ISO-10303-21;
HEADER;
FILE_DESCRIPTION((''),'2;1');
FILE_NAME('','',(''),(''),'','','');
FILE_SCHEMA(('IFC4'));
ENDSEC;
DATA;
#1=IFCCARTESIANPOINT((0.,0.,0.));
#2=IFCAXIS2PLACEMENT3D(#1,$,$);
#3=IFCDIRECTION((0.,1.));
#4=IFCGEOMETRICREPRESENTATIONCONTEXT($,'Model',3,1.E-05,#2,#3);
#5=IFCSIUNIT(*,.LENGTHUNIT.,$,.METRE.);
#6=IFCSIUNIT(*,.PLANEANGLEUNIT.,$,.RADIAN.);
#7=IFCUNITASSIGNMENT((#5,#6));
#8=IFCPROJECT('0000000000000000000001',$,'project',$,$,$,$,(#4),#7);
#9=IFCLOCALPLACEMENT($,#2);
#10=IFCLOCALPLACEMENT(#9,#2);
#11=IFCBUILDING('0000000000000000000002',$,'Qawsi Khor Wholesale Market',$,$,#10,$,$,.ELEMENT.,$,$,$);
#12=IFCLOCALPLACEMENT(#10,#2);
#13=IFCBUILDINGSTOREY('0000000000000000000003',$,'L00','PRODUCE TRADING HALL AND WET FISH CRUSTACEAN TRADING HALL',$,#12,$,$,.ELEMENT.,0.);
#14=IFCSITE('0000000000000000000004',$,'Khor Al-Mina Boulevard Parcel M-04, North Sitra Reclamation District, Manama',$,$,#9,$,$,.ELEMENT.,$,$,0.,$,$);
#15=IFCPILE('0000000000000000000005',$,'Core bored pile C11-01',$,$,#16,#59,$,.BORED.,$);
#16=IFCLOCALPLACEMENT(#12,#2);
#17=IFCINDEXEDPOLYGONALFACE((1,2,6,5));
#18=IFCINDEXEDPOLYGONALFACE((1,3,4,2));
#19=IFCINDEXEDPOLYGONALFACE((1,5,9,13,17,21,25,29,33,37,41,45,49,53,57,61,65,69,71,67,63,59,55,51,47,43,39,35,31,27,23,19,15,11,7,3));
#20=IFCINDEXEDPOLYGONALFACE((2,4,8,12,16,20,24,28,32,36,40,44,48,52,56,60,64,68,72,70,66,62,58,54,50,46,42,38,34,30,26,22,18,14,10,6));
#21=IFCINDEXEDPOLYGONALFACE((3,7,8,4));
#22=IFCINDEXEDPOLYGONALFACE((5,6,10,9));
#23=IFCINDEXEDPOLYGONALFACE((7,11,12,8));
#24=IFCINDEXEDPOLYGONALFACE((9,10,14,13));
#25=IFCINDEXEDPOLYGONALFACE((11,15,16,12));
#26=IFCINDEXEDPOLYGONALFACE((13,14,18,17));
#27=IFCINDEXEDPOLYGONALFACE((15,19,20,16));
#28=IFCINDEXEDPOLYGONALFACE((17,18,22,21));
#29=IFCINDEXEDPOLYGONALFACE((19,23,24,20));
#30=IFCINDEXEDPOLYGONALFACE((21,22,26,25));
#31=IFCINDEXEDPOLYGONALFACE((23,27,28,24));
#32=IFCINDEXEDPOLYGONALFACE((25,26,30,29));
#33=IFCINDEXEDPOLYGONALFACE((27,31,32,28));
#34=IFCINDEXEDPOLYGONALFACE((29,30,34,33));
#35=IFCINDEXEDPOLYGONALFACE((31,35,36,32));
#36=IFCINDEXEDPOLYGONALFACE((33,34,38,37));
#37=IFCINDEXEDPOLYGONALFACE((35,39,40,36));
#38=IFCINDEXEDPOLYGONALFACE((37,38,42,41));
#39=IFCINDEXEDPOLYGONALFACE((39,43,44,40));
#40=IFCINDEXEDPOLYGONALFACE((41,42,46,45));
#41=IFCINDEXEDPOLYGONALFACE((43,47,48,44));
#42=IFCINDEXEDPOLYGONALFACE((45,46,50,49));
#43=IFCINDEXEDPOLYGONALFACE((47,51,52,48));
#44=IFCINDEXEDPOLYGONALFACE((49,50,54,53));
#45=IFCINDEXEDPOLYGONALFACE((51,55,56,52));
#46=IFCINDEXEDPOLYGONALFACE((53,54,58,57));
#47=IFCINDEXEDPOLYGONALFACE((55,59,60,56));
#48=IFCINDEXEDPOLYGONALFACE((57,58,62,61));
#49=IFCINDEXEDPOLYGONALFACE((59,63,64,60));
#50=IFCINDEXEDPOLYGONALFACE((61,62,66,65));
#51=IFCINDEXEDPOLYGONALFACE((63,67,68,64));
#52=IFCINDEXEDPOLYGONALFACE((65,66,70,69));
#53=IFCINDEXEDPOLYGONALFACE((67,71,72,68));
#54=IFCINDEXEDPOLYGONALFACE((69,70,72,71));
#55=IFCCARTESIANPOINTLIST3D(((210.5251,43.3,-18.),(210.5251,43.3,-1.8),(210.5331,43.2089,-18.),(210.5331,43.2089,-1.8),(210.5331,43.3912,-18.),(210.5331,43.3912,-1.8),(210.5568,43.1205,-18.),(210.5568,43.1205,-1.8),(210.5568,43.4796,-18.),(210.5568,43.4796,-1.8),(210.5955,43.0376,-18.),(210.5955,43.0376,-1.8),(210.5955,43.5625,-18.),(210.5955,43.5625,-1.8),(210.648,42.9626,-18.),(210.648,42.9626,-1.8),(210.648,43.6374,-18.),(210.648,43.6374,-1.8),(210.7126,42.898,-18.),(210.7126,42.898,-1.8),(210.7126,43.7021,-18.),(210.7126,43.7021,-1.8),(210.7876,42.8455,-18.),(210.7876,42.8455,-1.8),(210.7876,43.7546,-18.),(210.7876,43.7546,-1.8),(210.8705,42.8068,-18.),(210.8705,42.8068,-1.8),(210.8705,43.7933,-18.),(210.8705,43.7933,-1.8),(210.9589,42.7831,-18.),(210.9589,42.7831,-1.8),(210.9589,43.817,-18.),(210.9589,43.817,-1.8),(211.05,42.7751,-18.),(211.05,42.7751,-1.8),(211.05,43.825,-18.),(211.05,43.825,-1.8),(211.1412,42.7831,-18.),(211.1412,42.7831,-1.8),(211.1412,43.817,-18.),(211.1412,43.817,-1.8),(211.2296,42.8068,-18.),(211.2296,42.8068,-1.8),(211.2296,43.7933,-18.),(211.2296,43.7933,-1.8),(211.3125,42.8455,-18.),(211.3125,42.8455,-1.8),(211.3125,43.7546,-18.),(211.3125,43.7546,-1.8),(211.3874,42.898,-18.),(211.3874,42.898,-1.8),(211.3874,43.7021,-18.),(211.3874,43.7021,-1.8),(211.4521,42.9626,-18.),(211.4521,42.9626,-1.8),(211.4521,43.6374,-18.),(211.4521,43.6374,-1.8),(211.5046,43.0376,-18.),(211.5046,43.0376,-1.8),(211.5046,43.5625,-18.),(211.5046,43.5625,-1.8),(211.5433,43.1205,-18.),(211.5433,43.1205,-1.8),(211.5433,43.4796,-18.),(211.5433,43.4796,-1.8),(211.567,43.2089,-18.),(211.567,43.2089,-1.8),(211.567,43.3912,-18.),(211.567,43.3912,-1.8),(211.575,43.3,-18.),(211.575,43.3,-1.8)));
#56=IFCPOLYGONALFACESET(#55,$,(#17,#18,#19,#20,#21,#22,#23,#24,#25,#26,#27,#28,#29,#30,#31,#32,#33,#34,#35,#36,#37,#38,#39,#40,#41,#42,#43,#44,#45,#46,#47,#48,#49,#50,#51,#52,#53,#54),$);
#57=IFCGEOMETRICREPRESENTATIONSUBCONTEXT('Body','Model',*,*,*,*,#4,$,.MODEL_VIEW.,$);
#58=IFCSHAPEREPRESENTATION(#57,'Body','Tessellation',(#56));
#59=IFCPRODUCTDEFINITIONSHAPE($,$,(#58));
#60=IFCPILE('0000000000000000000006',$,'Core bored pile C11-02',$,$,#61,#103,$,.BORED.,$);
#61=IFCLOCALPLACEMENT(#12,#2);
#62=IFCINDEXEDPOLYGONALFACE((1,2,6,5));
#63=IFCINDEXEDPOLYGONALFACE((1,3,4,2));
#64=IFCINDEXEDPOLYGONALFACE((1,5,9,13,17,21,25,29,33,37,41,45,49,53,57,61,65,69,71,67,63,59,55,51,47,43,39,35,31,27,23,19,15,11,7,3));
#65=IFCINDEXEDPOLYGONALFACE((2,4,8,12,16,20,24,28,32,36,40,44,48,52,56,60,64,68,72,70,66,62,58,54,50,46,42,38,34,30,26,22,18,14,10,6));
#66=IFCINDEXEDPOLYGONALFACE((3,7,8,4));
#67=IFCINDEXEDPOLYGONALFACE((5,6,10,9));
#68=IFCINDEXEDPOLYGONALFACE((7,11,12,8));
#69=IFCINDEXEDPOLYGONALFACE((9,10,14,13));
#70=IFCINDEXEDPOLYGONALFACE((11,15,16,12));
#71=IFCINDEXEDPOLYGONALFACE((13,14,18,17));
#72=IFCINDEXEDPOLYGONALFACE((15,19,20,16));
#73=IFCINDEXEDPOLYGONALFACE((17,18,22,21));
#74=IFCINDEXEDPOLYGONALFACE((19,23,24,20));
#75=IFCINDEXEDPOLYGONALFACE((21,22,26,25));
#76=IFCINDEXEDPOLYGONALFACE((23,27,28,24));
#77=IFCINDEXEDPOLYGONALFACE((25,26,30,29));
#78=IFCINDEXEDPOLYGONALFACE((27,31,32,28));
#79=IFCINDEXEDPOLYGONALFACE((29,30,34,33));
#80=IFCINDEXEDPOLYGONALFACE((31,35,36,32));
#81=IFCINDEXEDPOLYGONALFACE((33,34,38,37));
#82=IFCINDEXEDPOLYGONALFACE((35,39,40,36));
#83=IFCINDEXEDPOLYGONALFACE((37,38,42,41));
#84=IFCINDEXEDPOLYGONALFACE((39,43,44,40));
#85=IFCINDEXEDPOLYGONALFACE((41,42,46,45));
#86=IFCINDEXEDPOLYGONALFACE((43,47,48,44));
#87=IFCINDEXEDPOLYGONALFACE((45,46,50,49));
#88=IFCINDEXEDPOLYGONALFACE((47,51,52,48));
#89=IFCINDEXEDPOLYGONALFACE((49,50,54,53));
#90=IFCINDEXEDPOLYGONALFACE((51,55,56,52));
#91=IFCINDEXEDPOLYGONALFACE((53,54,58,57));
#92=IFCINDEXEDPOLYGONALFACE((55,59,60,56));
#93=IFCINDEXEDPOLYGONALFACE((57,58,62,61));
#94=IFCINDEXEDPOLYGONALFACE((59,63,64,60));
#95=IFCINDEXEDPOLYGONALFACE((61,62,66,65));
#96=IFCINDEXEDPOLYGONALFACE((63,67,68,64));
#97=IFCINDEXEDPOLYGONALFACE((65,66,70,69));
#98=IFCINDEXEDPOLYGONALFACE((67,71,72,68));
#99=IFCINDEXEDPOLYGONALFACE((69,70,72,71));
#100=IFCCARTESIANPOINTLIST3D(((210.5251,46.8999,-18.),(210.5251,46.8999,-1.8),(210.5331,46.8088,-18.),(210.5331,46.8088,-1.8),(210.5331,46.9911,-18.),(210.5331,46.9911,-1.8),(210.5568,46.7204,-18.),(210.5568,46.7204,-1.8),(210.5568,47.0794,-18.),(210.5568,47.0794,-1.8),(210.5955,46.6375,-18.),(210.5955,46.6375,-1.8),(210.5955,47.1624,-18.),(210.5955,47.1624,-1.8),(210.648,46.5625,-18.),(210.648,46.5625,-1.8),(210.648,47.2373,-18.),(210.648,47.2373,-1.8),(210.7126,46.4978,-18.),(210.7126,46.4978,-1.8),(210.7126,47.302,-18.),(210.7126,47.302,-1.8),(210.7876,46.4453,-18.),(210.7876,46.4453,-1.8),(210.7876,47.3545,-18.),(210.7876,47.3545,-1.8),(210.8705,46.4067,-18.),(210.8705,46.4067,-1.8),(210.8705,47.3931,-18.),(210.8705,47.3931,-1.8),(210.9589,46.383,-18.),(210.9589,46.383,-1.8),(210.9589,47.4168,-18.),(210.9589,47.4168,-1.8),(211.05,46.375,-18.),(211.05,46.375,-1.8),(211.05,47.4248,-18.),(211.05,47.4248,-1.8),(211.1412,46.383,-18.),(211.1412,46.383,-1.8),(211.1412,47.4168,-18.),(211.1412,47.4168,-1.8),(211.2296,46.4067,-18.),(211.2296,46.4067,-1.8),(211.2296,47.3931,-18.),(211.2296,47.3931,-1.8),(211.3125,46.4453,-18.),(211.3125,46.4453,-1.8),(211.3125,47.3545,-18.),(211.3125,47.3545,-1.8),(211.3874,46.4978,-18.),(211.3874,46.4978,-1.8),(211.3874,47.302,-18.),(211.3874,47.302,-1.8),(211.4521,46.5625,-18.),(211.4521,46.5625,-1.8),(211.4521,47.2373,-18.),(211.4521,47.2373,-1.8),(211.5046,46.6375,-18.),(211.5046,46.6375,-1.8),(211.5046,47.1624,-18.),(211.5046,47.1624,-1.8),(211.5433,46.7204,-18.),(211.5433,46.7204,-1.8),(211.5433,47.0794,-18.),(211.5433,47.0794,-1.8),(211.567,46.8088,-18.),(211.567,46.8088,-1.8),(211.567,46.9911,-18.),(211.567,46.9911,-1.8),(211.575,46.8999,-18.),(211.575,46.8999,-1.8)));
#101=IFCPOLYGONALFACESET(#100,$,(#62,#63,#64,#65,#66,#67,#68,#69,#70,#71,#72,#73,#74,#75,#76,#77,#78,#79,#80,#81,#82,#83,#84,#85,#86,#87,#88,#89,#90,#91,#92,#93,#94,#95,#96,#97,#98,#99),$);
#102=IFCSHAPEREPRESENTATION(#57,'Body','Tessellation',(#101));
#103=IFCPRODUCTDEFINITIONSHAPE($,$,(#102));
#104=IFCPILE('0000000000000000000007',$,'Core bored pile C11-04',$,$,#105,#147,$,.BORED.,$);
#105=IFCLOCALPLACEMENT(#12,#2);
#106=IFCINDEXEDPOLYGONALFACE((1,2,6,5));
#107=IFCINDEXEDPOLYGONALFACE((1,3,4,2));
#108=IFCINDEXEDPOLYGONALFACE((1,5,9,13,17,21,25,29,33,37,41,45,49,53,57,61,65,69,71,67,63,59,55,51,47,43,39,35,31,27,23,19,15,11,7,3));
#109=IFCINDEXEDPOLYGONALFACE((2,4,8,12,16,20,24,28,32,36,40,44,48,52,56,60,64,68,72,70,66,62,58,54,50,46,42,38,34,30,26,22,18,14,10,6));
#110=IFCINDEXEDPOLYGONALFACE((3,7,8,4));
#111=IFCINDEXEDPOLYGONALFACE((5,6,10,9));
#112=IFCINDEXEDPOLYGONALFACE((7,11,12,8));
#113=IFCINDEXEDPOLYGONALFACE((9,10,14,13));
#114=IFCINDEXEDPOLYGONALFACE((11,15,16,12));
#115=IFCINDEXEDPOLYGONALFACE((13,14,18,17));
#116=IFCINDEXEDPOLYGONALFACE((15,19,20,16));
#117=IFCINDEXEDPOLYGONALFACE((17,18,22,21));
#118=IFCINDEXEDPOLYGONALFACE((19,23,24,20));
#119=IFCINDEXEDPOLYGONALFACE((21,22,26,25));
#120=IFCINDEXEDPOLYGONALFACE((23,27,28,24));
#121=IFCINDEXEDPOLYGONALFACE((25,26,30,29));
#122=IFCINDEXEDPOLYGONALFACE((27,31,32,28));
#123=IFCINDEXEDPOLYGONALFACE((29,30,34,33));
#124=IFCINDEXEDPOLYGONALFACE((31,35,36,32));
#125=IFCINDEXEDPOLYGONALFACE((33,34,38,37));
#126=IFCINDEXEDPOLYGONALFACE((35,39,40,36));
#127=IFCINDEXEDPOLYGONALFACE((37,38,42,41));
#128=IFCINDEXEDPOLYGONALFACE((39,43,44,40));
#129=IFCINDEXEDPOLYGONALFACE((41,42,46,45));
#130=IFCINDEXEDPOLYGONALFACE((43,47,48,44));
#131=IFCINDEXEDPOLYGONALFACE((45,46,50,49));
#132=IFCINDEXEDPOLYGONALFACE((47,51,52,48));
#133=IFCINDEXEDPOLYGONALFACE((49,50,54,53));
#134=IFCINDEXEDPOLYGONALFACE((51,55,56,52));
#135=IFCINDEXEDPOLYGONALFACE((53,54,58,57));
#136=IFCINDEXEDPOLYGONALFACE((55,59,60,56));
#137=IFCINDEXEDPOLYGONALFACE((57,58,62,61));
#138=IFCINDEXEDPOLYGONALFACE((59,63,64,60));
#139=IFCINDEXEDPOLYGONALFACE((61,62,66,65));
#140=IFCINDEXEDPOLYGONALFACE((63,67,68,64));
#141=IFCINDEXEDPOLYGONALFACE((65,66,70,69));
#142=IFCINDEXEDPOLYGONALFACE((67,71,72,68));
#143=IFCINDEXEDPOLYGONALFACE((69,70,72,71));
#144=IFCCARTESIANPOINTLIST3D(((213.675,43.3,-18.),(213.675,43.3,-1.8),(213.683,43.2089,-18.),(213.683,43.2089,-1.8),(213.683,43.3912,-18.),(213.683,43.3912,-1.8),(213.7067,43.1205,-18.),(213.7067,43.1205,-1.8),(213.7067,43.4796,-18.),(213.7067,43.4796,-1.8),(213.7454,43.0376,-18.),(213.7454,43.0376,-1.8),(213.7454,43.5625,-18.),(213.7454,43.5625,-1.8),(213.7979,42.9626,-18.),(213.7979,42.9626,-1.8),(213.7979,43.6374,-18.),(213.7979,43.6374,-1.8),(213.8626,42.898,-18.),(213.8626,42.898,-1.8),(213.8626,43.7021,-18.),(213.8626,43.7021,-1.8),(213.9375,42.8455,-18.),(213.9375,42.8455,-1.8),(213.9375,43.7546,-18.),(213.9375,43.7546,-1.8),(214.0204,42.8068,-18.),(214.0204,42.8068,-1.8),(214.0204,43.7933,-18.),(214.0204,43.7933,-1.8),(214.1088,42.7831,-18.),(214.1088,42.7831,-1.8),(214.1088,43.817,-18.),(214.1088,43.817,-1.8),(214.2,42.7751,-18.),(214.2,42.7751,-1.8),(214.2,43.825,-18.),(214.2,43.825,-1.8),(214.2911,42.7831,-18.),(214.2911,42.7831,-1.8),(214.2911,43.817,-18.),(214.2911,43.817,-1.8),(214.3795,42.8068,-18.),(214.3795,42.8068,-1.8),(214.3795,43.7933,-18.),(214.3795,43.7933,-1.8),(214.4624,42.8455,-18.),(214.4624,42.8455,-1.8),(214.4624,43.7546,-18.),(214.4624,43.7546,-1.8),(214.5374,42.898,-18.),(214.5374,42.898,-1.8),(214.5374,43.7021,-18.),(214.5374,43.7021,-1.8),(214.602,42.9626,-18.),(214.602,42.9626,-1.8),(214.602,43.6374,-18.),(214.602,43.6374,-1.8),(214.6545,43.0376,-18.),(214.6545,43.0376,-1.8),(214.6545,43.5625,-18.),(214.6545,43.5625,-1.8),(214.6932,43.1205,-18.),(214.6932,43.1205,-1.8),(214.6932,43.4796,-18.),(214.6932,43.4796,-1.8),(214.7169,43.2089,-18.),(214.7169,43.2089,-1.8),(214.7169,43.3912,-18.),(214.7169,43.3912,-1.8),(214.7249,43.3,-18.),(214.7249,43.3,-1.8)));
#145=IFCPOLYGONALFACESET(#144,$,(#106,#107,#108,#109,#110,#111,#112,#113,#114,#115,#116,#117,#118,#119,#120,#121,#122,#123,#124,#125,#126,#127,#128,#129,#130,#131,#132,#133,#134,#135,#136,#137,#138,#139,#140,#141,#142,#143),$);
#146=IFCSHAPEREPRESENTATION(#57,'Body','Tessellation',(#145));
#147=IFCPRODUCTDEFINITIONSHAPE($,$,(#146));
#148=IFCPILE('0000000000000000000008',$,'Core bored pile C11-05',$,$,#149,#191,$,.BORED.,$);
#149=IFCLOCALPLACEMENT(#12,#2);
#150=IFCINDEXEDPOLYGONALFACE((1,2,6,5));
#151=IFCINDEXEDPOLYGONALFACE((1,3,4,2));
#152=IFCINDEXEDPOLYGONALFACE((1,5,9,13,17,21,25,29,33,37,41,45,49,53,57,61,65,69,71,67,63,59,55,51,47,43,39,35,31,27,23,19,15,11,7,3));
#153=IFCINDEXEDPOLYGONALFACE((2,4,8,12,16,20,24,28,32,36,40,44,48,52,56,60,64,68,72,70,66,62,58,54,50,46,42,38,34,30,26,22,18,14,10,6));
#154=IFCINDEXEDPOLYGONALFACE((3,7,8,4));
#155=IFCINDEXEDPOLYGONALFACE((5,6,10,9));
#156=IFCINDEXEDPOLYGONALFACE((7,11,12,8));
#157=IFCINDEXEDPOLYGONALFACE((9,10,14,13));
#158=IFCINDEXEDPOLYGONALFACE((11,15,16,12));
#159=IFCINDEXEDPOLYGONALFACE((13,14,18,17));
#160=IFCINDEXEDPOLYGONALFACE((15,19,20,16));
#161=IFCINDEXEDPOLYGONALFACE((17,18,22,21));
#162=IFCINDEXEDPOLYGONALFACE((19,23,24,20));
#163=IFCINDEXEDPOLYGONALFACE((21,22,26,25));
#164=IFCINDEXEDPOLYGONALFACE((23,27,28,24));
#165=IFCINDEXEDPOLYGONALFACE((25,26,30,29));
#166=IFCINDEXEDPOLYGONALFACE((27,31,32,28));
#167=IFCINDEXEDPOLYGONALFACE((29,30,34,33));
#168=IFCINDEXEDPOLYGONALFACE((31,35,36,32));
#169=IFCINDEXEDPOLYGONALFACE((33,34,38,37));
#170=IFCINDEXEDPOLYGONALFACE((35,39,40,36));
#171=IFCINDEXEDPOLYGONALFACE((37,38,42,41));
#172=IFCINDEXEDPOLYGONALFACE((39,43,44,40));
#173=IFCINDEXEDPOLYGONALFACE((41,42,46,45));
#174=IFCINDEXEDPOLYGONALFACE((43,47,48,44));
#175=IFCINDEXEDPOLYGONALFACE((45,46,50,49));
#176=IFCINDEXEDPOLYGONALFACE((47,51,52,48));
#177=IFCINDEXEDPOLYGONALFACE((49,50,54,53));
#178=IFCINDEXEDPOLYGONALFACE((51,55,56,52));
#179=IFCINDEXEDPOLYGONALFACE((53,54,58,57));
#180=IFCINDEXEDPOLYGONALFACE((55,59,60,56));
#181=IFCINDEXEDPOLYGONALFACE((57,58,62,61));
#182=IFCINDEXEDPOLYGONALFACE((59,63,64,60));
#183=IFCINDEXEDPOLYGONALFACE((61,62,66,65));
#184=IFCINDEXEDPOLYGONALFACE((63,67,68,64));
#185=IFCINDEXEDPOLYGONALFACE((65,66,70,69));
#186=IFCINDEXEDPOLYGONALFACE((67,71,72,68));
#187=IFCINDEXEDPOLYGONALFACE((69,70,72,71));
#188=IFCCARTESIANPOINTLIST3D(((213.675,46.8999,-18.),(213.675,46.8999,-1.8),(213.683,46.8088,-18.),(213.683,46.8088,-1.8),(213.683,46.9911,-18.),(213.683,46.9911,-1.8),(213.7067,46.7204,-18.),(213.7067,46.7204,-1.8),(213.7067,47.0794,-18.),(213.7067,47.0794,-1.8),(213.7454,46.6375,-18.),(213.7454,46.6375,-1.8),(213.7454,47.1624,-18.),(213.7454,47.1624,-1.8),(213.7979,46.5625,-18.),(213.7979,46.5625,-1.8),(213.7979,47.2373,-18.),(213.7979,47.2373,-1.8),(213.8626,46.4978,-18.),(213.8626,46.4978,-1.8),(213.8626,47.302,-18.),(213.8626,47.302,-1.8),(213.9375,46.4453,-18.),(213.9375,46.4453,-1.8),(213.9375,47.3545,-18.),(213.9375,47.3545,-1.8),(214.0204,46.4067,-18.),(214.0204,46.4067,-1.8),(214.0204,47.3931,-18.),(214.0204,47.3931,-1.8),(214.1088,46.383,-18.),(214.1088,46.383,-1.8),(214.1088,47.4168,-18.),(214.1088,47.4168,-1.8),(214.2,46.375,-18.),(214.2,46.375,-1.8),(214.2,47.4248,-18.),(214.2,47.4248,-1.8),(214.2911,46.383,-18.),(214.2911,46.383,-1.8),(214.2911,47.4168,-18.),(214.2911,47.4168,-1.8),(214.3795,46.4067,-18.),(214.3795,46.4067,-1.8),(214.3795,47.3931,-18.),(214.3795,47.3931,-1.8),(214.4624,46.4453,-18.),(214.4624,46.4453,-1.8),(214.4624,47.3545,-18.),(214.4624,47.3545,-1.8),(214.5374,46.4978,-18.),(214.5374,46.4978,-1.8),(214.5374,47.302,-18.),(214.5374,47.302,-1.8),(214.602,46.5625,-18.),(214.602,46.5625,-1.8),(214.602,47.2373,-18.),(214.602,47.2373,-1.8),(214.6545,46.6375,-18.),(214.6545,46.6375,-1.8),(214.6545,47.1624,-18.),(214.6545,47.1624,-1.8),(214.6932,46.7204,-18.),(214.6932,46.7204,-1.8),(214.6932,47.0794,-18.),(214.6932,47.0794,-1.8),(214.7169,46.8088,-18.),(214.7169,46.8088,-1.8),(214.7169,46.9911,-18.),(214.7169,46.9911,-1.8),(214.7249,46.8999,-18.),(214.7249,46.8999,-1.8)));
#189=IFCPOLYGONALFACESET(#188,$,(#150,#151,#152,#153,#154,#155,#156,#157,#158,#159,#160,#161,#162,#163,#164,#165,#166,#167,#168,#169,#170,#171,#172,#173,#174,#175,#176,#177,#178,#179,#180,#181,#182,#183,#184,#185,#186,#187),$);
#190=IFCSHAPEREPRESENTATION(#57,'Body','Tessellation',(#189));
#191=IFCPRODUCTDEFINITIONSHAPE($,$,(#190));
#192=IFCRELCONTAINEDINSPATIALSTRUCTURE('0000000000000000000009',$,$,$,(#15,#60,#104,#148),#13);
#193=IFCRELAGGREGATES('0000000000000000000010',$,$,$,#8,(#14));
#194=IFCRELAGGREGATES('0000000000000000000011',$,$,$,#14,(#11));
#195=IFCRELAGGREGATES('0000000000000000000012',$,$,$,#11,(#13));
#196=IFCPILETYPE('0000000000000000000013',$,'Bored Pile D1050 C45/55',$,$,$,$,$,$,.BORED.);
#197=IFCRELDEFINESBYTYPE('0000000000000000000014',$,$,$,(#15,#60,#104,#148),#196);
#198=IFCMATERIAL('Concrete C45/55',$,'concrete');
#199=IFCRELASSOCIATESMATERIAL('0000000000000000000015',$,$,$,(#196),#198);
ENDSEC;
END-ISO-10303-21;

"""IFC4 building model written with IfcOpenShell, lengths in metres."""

from ifc_helpers import new_model, si_unit, direction, frame, origin, origin_2d, place, context, subcontext, project, spatial, circle, extrude, material, material_profile, profile_set, type_object, element, save


model = new_model("IFC4")

# Units and contexts
model_context = context("Model", 3, precision=1e-05, world=origin(), true_north=direction((0.0, 1.0)))
body_context = subcontext(model_context, "Body", "Model", "MODEL_VIEW")
ifc_project = project(units=[si_unit("LENGTHUNIT", "METRE"), si_unit("PLANEANGLEUNIT", "RADIAN")], contexts=[model_context])

# Site, building, storey
site_placement = place(None, origin())
site = spatial("IfcSite", under=ifc_project, at=site_placement, Name="Khor Al-Mina Boulevard Parcel M-04, North Sitra Reclamation District, Manama", CompositionType="ELEMENT", RefElevation=0.0)
building_placement = place(site_placement, origin())
building = spatial("IfcBuilding", under=site, at=building_placement, Name="Qawsi Khor Wholesale Market", CompositionType="ELEMENT")
storey_placement = place(building_placement, origin())
storey = spatial("IfcBuildingStorey", under=building, at=storey_placement, Name="L00", Description="PRODUCE TRADING HALL AND WET FISH CRUSTACEAN TRADING HALL", CompositionType="ELEMENT", Elevation=0.0)

# Piles
ifc_material_1 = material(Name="Concrete C45/55", Category="concrete")
ifc_material_profile_1 = material_profile(ifc_material_1, circle(Radius=0.5249, at=origin_2d()), Name="PILE D1050")
ifc_profile_set_1 = profile_set([ifc_material_profile_1], Name="Concrete C45/55")
pile_type_1 = type_object("IfcPileType", Name="Bored Pile D1050 C45/55", PredefinedType="BORED", material=ifc_profile_set_1)
for number, where, z_axis, x_axis, name in (
    (1, (211.05, 43.3, -1.8), (0.0, 0.0, -1.0), (1.0, 0.0, 0.0), "Core bored pile C11-01"),
    (2, (211.05, 46.8999, -1.8), (0.0, 0.0, -1.0), (1.0, 0.0, 0.0), "Core bored pile C11-02"),
    (3, (214.2, 43.3, -1.8), (0.0, 0.0, -1.0), (1.0, 0.0, 0.0), "Core bored pile C11-04"),
    (4, (214.2, 46.8999, -1.8), (0.0, 0.0, -1.0), (1.0, 0.0, 0.0), "Core bored pile C11-05"),
):
    element("IfcPile", number, at=place(storey_placement, frame(where, z_axis=z_axis, x_axis=x_axis)), inside=storey, type_object=pile_type_1, Name=name, PredefinedType="BORED", context=body_context, shape_type="SweptSolid", body=[
        extrude(circle(Radius=0.5249, at=origin_2d()), origin(), (0.0, 0.0, 1.0), 16.2),
    ])

save(model, "model.ifc")
